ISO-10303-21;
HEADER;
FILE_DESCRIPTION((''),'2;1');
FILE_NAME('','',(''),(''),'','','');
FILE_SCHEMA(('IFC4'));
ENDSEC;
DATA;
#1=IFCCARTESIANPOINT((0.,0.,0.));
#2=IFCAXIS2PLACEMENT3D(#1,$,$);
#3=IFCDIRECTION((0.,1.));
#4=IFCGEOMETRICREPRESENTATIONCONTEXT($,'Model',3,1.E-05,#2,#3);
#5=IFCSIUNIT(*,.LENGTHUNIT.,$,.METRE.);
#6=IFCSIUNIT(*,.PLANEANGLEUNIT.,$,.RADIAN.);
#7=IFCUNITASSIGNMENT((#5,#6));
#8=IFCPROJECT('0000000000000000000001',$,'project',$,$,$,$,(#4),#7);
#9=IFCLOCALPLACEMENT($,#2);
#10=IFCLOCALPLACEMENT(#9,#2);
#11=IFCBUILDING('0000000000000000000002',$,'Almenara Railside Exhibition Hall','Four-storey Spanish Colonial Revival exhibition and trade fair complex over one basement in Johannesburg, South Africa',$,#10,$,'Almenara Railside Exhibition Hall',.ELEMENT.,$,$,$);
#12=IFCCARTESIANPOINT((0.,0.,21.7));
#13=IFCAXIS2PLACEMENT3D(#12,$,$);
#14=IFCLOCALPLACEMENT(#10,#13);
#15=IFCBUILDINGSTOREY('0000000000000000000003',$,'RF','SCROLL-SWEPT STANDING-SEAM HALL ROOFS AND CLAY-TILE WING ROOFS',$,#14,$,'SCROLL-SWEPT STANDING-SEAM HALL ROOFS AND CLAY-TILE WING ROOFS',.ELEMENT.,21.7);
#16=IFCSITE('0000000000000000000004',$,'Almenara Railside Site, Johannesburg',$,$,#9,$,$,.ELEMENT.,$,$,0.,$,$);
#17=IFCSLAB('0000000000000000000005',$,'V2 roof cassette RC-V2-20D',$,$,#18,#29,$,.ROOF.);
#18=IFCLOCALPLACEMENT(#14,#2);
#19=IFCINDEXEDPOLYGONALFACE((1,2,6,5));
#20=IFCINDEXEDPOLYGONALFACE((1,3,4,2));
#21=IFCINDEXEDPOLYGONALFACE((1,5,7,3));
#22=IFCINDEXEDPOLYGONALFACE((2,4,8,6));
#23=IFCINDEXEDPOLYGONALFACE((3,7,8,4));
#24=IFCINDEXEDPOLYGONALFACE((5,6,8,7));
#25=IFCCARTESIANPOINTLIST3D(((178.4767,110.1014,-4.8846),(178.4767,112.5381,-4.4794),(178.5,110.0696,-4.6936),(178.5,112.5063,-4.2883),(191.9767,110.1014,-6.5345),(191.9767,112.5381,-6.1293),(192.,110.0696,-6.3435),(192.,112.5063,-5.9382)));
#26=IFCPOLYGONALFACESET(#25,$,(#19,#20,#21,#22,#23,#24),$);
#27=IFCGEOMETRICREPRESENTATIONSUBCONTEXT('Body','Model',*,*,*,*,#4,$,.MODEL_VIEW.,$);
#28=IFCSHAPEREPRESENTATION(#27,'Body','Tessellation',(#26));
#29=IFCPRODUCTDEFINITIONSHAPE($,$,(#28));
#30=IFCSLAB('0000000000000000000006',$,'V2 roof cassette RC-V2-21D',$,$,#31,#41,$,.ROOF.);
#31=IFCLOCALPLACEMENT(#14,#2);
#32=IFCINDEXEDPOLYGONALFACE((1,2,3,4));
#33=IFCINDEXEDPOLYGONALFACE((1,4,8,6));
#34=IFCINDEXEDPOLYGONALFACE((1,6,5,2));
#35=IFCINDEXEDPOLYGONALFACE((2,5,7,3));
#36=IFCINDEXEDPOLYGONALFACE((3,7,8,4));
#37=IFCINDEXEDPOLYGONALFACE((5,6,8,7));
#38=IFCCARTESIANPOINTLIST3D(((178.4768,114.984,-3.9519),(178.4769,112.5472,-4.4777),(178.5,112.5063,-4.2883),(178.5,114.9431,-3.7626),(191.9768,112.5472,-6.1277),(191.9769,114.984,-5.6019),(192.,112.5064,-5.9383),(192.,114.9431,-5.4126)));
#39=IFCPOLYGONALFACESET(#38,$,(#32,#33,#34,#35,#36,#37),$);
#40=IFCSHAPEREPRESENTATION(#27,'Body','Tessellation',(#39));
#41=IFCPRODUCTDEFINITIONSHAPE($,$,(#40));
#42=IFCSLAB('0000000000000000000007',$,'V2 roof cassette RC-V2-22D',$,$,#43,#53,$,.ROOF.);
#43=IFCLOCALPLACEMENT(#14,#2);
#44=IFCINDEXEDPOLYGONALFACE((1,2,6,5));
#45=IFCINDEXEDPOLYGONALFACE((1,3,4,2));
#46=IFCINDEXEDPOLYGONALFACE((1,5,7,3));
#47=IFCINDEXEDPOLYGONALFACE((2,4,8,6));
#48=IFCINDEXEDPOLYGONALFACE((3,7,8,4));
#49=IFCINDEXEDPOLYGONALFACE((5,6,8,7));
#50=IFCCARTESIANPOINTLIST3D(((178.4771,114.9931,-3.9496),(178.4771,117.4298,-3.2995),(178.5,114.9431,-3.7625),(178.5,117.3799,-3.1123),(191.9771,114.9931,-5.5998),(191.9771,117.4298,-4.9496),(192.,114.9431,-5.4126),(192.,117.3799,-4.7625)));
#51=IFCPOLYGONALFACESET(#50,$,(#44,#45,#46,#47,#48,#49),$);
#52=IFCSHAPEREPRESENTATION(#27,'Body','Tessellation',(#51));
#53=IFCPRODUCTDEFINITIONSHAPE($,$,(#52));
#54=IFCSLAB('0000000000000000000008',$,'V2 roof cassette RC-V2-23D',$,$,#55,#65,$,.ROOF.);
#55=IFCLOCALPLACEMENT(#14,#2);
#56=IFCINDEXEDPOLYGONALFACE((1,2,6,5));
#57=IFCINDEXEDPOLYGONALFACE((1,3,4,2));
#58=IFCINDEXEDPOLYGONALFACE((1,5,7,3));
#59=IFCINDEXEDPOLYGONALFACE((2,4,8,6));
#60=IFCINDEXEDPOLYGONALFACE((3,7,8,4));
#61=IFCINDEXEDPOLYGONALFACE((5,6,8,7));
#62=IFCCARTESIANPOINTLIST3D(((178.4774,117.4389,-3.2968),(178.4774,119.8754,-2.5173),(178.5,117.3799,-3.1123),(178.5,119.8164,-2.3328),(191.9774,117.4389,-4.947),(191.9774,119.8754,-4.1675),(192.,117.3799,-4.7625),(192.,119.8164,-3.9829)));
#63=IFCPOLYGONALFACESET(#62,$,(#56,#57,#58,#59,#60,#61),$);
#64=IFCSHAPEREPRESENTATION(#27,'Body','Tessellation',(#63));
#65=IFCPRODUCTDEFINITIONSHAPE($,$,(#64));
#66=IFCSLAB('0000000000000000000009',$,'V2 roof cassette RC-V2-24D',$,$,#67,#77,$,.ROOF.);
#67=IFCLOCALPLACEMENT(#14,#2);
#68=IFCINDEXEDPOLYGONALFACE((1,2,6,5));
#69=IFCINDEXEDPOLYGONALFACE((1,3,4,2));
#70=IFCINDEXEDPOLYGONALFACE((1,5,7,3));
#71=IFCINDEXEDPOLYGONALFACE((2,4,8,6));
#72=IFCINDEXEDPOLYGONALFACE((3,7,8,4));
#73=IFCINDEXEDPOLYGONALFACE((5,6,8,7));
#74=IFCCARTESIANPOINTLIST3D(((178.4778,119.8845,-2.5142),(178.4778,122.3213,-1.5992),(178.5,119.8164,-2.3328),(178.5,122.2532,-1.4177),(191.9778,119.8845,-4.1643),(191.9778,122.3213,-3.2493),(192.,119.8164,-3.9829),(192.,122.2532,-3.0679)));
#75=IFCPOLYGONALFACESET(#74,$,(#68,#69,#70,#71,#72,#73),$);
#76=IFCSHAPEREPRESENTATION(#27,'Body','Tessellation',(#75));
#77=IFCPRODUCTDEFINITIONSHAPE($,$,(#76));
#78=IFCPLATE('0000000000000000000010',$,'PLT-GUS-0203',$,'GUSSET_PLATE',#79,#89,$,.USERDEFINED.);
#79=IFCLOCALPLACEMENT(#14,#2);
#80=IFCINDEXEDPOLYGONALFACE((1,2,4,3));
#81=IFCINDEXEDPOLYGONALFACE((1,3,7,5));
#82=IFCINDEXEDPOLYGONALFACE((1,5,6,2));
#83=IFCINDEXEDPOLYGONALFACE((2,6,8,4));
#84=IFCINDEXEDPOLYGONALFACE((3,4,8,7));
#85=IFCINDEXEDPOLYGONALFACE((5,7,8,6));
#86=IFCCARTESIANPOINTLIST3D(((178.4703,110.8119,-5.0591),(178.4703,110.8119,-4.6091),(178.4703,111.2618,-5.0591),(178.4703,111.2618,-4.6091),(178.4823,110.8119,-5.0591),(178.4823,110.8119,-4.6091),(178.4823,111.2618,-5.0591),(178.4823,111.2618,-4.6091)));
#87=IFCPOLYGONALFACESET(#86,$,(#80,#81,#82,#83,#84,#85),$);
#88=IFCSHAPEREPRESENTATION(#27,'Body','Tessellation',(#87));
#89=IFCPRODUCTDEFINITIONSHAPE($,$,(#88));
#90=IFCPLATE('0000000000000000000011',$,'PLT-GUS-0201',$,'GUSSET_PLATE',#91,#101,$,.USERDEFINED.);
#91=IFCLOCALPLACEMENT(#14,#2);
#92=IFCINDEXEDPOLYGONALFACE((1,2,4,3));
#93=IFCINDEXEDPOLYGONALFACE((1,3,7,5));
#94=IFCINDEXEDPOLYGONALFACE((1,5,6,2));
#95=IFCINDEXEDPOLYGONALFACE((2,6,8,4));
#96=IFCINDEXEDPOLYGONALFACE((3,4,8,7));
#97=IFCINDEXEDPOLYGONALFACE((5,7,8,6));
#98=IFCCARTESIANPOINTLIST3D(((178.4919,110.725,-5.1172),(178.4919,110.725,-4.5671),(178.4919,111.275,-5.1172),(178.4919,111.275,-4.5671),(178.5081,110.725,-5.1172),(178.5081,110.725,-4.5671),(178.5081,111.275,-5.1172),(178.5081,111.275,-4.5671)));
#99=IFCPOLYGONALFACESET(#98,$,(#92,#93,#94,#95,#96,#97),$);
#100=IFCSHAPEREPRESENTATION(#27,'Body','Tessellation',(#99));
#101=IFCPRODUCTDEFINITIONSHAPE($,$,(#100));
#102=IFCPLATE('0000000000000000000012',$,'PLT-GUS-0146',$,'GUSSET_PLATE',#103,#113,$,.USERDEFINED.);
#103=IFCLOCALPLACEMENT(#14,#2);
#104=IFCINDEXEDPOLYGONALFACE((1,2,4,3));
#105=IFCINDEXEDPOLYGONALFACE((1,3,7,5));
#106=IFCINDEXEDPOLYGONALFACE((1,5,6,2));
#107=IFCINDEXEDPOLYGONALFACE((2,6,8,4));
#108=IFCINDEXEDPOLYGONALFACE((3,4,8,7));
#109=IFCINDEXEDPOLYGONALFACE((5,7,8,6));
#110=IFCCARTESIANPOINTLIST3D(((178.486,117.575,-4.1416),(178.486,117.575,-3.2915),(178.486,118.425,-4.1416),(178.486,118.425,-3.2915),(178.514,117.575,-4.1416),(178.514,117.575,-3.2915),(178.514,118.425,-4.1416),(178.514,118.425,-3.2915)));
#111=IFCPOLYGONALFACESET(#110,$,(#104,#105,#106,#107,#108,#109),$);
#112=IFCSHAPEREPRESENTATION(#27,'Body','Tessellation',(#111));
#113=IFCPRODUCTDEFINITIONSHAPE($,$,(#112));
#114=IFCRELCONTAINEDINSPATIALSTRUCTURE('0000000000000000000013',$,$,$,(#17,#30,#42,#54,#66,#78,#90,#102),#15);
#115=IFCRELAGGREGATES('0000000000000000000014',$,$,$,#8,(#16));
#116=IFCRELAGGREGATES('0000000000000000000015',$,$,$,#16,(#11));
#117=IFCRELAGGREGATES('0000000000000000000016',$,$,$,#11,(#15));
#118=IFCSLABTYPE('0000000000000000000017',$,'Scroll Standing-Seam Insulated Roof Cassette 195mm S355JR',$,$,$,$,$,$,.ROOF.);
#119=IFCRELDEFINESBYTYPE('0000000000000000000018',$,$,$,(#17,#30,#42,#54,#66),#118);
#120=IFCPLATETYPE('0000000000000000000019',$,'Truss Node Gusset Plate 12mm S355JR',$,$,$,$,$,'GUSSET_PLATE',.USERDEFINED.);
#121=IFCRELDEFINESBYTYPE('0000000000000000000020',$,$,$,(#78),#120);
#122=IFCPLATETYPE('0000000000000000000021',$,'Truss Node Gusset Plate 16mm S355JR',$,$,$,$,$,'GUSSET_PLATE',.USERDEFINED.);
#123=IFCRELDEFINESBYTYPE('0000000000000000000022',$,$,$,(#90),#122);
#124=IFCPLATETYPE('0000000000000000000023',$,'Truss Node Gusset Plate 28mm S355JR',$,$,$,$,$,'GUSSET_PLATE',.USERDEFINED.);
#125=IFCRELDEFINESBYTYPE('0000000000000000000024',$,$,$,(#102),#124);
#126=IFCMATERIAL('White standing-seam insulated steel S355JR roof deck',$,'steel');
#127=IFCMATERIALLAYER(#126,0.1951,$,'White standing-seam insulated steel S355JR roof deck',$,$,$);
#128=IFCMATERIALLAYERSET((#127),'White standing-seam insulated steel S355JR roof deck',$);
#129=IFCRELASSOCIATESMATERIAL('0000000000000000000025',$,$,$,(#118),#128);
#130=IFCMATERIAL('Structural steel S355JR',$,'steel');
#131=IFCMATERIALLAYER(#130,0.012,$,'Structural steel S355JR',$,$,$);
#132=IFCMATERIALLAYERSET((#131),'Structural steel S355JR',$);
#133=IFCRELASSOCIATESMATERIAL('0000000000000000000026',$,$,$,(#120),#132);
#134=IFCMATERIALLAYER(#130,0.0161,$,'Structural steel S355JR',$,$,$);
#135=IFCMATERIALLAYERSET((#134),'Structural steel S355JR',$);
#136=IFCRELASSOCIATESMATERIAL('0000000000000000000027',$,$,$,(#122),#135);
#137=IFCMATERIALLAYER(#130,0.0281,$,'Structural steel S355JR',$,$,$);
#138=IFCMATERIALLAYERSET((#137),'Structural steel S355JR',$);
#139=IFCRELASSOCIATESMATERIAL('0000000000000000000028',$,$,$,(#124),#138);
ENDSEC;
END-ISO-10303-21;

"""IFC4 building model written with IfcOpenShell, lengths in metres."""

from ifc_helpers import new_model, si_unit, direction, frame, origin, origin_2d, place, context, subcontext, project, spatial, polyline, rectangle, outline, extrude, material, layer, layer_set, type_object, element, save


model = new_model("IFC4")

# Units and contexts
model_context = context("Model", 3, precision=1e-05, world=origin(), true_north=direction((0.0, 1.0)))
body_context = subcontext(model_context, "Body", "Model", "MODEL_VIEW")
ifc_project = project(units=[si_unit("LENGTHUNIT", "METRE"), si_unit("PLANEANGLEUNIT", "RADIAN")], contexts=[model_context])

# Site, building, storey
site_placement = place(None, origin())
site = spatial("IfcSite", under=ifc_project, at=site_placement, Name="Almenara Railside Site, Johannesburg", CompositionType="ELEMENT", RefElevation=0.0)
building_placement = place(site_placement, origin())
building = spatial("IfcBuilding", under=site, at=building_placement, Name="Almenara Railside Exhibition Hall", Description="Four-storey Spanish Colonial Revival exhibition and trade fair complex over one basement in Johannesburg, South Africa", LongName="Almenara Railside Exhibition Hall", CompositionType="ELEMENT")
storey_placement = place(building_placement, frame((0.0, 0.0, 21.7)))
storey = spatial("IfcBuildingStorey", under=building, at=storey_placement, Name="RF", Description="SCROLL-SWEPT STANDING-SEAM HALL ROOFS AND CLAY-TILE WING ROOFS", LongName="SCROLL-SWEPT STANDING-SEAM HALL ROOFS AND CLAY-TILE WING ROOFS", CompositionType="ELEMENT", Elevation=21.7)

# Shared definitions
ifc_material_1 = material(Name="Structural steel S355JR", Category="steel")

# Slabs
ifc_material_2 = material(Name="White standing-seam insulated steel S355JR roof deck", Category="steel")
ifc_layer_1 = layer(ifc_material_2, 0.1951, Name="White standing-seam insulated steel S355JR roof deck")
ifc_layer_set_1 = layer_set([ifc_layer_1], Name="White standing-seam insulated steel S355JR roof deck")
slab_type = type_object("IfcSlabType", Name="Scroll Standing-Seam Insulated Roof Cassette 195mm S355JR", PredefinedType="ROOF", material=ifc_layer_set_1)
slab_1_placement = place(storey_placement, frame((178.5, 110.0696, -4.6936), z_axis=(0.119692, -0.162883, 0.979358), x_axis=(0.992614, 0.0, -0.121312)))
element("IfcSlab", 1, at=slab_1_placement, inside=storey, type_object=slab_type, Name="V2 roof cassette RC-V2-20D", PredefinedType="ROOF", context=body_context, shape_type="SweptSolid", body=[
    extrude(outline(polyline([(0.0, 0.0), (13.6004, 0.0), (13.5513, 2.4698), (-0.0492, 2.4698), (0.0, 0.0)])), origin(), (0.0, 0.0, -1.0), 0.1951),
])
slab_2_placement = place(storey_placement, frame((178.5, 112.5063, -4.2883), z_axis=(0.118631, -0.209417, 0.970603), x_axis=(0.992613, 0.000002, -0.121321)))
element("IfcSlab", 2, at=slab_2_placement, inside=storey, type_object=slab_type, Name="V2 roof cassette RC-V2-21D", PredefinedType="ROOF", context=body_context, shape_type="SweptSolid", body=[
    extrude(outline(polyline([(0.0, 0.0), (13.6004, 0.0), (13.5367, 2.492), (-0.0638, 2.4921), (0.0, 0.0)])), origin(), (0.0, 0.0, -1.0), 0.1951),
])
slab_3_placement = place(storey_placement, frame((178.5, 114.9431, -3.7625), z_axis=(0.117287, -0.25601, 0.959533), x_axis=(0.992612, 0.0, -0.12133)))
element("IfcSlab", 3, at=slab_3_placement, inside=storey, type_object=slab_type, Name="V2 roof cassette RC-V2-22D", PredefinedType="ROOF", context=body_context, shape_type="SweptSolid", body=[
    extrude(outline(polyline([(0.0, 0.0), (13.6005, 0.0), (13.5216, 2.5208), (-0.0789, 2.5208), (0.0, 0.0)])), origin(), (0.0, 0.0, -1.0), 0.1951),
])
slab_4_placement = place(storey_placement, frame((178.5, 117.3799, -3.1123), z_axis=(0.115639, -0.302679, 0.946051), x_axis=(0.992612, 0.0, -0.12133)))
element("IfcSlab", 4, at=slab_4_placement, inside=storey, type_object=slab_type, Name="V2 roof cassette RC-V2-23D", PredefinedType="ROOF", context=body_context, shape_type="SweptSolid", body=[
    extrude(outline(polyline([(0.0, 0.0), (13.6005, 0.0), (13.5059, 2.5564), (-0.0946, 2.5564), (0.0, 0.0)])), origin(), (0.0, 0.0, -1.0), 0.1951),
])
slab_5_placement = place(storey_placement, frame((178.5, 119.8164, -2.3328), z_axis=(0.113689, -0.349266, 0.930101), x_axis=(0.992612, 0.0, -0.12133)))
element("IfcSlab", 5, at=slab_5_placement, inside=storey, type_object=slab_type, Name="V2 roof cassette RC-V2-24D", PredefinedType="ROOF", context=body_context, shape_type="SweptSolid", body=[
    extrude(outline(polyline([(0.0, 0.0), (13.6005, 0.0), (13.4895, 2.6005), (-0.111, 2.6005), (0.0, 0.0)])), origin(), (0.0, 0.0, -1.0), 0.1951),
])

# Plates
ifc_layer_2 = layer(ifc_material_1, 0.012, Name="Structural steel S355JR")
ifc_layer_set_2 = layer_set([ifc_layer_2], Name="Structural steel S355JR")
plate_type_1 = type_object("IfcPlateType", Name="Truss Node Gusset Plate 12mm S355JR", ElementType="GUSSET_PLATE", PredefinedType="USERDEFINED", material=ifc_layer_set_2)
plate_1_placement = place(storey_placement, frame((178.4763, 111.0369, -5.0591), z_axis=(0.0, 0.0, 1.0), x_axis=(0.0, 1.0, 0.0)))
element("IfcPlate", 6, at=plate_1_placement, inside=storey, type_object=plate_type_1, Name="PLT-GUS-0203", ObjectType="GUSSET_PLATE", PredefinedType="USERDEFINED", context=body_context, shape_type="SweptSolid", body=[
    extrude(rectangle(XDim=0.45, YDim=0.012, at=origin_2d()), origin(), (0.0, 0.0, 1.0), 0.45),
])
ifc_layer_3 = layer(ifc_material_1, 0.0161, Name="Structural steel S355JR")
ifc_layer_set_3 = layer_set([ifc_layer_3], Name="Structural steel S355JR")
plate_type_2 = type_object("IfcPlateType", Name="Truss Node Gusset Plate 16mm S355JR", ElementType="GUSSET_PLATE", PredefinedType="USERDEFINED", material=ifc_layer_set_3)
plate_2_placement = place(storey_placement, frame((178.5, 111.0, -5.1172), z_axis=(0.0, 0.0, 1.0), x_axis=(0.0, 1.0, 0.0)))
element("IfcPlate", 7, at=plate_2_placement, inside=storey, type_object=plate_type_2, Name="PLT-GUS-0201", ObjectType="GUSSET_PLATE", PredefinedType="USERDEFINED", context=body_context, shape_type="SweptSolid", body=[
    extrude(rectangle(XDim=0.55, YDim=0.0161, at=origin_2d()), origin(), (0.0, 0.0, 1.0), 0.55),
])
ifc_layer_4 = layer(ifc_material_1, 0.0281, Name="Structural steel S355JR")
ifc_layer_set_4 = layer_set([ifc_layer_4], Name="Structural steel S355JR")
plate_type_3 = type_object("IfcPlateType", Name="Truss Node Gusset Plate 28mm S355JR", ElementType="GUSSET_PLATE", PredefinedType="USERDEFINED", material=ifc_layer_set_4)
plate_3_placement = place(storey_placement, frame((178.5, 118.0, -4.1416), z_axis=(0.0, 0.0, 1.0), x_axis=(0.0, 1.0, 0.0)))
element("IfcPlate", 8, at=plate_3_placement, inside=storey, type_object=plate_type_3, Name="PLT-GUS-0146", ObjectType="GUSSET_PLATE", PredefinedType="USERDEFINED", context=body_context, shape_type="SweptSolid", body=[
    extrude(rectangle(XDim=0.8501, YDim=0.0281, at=origin_2d()), origin(), (0.0, 0.0, 1.0), 0.8501),
])

save(model, "model.ifc")
